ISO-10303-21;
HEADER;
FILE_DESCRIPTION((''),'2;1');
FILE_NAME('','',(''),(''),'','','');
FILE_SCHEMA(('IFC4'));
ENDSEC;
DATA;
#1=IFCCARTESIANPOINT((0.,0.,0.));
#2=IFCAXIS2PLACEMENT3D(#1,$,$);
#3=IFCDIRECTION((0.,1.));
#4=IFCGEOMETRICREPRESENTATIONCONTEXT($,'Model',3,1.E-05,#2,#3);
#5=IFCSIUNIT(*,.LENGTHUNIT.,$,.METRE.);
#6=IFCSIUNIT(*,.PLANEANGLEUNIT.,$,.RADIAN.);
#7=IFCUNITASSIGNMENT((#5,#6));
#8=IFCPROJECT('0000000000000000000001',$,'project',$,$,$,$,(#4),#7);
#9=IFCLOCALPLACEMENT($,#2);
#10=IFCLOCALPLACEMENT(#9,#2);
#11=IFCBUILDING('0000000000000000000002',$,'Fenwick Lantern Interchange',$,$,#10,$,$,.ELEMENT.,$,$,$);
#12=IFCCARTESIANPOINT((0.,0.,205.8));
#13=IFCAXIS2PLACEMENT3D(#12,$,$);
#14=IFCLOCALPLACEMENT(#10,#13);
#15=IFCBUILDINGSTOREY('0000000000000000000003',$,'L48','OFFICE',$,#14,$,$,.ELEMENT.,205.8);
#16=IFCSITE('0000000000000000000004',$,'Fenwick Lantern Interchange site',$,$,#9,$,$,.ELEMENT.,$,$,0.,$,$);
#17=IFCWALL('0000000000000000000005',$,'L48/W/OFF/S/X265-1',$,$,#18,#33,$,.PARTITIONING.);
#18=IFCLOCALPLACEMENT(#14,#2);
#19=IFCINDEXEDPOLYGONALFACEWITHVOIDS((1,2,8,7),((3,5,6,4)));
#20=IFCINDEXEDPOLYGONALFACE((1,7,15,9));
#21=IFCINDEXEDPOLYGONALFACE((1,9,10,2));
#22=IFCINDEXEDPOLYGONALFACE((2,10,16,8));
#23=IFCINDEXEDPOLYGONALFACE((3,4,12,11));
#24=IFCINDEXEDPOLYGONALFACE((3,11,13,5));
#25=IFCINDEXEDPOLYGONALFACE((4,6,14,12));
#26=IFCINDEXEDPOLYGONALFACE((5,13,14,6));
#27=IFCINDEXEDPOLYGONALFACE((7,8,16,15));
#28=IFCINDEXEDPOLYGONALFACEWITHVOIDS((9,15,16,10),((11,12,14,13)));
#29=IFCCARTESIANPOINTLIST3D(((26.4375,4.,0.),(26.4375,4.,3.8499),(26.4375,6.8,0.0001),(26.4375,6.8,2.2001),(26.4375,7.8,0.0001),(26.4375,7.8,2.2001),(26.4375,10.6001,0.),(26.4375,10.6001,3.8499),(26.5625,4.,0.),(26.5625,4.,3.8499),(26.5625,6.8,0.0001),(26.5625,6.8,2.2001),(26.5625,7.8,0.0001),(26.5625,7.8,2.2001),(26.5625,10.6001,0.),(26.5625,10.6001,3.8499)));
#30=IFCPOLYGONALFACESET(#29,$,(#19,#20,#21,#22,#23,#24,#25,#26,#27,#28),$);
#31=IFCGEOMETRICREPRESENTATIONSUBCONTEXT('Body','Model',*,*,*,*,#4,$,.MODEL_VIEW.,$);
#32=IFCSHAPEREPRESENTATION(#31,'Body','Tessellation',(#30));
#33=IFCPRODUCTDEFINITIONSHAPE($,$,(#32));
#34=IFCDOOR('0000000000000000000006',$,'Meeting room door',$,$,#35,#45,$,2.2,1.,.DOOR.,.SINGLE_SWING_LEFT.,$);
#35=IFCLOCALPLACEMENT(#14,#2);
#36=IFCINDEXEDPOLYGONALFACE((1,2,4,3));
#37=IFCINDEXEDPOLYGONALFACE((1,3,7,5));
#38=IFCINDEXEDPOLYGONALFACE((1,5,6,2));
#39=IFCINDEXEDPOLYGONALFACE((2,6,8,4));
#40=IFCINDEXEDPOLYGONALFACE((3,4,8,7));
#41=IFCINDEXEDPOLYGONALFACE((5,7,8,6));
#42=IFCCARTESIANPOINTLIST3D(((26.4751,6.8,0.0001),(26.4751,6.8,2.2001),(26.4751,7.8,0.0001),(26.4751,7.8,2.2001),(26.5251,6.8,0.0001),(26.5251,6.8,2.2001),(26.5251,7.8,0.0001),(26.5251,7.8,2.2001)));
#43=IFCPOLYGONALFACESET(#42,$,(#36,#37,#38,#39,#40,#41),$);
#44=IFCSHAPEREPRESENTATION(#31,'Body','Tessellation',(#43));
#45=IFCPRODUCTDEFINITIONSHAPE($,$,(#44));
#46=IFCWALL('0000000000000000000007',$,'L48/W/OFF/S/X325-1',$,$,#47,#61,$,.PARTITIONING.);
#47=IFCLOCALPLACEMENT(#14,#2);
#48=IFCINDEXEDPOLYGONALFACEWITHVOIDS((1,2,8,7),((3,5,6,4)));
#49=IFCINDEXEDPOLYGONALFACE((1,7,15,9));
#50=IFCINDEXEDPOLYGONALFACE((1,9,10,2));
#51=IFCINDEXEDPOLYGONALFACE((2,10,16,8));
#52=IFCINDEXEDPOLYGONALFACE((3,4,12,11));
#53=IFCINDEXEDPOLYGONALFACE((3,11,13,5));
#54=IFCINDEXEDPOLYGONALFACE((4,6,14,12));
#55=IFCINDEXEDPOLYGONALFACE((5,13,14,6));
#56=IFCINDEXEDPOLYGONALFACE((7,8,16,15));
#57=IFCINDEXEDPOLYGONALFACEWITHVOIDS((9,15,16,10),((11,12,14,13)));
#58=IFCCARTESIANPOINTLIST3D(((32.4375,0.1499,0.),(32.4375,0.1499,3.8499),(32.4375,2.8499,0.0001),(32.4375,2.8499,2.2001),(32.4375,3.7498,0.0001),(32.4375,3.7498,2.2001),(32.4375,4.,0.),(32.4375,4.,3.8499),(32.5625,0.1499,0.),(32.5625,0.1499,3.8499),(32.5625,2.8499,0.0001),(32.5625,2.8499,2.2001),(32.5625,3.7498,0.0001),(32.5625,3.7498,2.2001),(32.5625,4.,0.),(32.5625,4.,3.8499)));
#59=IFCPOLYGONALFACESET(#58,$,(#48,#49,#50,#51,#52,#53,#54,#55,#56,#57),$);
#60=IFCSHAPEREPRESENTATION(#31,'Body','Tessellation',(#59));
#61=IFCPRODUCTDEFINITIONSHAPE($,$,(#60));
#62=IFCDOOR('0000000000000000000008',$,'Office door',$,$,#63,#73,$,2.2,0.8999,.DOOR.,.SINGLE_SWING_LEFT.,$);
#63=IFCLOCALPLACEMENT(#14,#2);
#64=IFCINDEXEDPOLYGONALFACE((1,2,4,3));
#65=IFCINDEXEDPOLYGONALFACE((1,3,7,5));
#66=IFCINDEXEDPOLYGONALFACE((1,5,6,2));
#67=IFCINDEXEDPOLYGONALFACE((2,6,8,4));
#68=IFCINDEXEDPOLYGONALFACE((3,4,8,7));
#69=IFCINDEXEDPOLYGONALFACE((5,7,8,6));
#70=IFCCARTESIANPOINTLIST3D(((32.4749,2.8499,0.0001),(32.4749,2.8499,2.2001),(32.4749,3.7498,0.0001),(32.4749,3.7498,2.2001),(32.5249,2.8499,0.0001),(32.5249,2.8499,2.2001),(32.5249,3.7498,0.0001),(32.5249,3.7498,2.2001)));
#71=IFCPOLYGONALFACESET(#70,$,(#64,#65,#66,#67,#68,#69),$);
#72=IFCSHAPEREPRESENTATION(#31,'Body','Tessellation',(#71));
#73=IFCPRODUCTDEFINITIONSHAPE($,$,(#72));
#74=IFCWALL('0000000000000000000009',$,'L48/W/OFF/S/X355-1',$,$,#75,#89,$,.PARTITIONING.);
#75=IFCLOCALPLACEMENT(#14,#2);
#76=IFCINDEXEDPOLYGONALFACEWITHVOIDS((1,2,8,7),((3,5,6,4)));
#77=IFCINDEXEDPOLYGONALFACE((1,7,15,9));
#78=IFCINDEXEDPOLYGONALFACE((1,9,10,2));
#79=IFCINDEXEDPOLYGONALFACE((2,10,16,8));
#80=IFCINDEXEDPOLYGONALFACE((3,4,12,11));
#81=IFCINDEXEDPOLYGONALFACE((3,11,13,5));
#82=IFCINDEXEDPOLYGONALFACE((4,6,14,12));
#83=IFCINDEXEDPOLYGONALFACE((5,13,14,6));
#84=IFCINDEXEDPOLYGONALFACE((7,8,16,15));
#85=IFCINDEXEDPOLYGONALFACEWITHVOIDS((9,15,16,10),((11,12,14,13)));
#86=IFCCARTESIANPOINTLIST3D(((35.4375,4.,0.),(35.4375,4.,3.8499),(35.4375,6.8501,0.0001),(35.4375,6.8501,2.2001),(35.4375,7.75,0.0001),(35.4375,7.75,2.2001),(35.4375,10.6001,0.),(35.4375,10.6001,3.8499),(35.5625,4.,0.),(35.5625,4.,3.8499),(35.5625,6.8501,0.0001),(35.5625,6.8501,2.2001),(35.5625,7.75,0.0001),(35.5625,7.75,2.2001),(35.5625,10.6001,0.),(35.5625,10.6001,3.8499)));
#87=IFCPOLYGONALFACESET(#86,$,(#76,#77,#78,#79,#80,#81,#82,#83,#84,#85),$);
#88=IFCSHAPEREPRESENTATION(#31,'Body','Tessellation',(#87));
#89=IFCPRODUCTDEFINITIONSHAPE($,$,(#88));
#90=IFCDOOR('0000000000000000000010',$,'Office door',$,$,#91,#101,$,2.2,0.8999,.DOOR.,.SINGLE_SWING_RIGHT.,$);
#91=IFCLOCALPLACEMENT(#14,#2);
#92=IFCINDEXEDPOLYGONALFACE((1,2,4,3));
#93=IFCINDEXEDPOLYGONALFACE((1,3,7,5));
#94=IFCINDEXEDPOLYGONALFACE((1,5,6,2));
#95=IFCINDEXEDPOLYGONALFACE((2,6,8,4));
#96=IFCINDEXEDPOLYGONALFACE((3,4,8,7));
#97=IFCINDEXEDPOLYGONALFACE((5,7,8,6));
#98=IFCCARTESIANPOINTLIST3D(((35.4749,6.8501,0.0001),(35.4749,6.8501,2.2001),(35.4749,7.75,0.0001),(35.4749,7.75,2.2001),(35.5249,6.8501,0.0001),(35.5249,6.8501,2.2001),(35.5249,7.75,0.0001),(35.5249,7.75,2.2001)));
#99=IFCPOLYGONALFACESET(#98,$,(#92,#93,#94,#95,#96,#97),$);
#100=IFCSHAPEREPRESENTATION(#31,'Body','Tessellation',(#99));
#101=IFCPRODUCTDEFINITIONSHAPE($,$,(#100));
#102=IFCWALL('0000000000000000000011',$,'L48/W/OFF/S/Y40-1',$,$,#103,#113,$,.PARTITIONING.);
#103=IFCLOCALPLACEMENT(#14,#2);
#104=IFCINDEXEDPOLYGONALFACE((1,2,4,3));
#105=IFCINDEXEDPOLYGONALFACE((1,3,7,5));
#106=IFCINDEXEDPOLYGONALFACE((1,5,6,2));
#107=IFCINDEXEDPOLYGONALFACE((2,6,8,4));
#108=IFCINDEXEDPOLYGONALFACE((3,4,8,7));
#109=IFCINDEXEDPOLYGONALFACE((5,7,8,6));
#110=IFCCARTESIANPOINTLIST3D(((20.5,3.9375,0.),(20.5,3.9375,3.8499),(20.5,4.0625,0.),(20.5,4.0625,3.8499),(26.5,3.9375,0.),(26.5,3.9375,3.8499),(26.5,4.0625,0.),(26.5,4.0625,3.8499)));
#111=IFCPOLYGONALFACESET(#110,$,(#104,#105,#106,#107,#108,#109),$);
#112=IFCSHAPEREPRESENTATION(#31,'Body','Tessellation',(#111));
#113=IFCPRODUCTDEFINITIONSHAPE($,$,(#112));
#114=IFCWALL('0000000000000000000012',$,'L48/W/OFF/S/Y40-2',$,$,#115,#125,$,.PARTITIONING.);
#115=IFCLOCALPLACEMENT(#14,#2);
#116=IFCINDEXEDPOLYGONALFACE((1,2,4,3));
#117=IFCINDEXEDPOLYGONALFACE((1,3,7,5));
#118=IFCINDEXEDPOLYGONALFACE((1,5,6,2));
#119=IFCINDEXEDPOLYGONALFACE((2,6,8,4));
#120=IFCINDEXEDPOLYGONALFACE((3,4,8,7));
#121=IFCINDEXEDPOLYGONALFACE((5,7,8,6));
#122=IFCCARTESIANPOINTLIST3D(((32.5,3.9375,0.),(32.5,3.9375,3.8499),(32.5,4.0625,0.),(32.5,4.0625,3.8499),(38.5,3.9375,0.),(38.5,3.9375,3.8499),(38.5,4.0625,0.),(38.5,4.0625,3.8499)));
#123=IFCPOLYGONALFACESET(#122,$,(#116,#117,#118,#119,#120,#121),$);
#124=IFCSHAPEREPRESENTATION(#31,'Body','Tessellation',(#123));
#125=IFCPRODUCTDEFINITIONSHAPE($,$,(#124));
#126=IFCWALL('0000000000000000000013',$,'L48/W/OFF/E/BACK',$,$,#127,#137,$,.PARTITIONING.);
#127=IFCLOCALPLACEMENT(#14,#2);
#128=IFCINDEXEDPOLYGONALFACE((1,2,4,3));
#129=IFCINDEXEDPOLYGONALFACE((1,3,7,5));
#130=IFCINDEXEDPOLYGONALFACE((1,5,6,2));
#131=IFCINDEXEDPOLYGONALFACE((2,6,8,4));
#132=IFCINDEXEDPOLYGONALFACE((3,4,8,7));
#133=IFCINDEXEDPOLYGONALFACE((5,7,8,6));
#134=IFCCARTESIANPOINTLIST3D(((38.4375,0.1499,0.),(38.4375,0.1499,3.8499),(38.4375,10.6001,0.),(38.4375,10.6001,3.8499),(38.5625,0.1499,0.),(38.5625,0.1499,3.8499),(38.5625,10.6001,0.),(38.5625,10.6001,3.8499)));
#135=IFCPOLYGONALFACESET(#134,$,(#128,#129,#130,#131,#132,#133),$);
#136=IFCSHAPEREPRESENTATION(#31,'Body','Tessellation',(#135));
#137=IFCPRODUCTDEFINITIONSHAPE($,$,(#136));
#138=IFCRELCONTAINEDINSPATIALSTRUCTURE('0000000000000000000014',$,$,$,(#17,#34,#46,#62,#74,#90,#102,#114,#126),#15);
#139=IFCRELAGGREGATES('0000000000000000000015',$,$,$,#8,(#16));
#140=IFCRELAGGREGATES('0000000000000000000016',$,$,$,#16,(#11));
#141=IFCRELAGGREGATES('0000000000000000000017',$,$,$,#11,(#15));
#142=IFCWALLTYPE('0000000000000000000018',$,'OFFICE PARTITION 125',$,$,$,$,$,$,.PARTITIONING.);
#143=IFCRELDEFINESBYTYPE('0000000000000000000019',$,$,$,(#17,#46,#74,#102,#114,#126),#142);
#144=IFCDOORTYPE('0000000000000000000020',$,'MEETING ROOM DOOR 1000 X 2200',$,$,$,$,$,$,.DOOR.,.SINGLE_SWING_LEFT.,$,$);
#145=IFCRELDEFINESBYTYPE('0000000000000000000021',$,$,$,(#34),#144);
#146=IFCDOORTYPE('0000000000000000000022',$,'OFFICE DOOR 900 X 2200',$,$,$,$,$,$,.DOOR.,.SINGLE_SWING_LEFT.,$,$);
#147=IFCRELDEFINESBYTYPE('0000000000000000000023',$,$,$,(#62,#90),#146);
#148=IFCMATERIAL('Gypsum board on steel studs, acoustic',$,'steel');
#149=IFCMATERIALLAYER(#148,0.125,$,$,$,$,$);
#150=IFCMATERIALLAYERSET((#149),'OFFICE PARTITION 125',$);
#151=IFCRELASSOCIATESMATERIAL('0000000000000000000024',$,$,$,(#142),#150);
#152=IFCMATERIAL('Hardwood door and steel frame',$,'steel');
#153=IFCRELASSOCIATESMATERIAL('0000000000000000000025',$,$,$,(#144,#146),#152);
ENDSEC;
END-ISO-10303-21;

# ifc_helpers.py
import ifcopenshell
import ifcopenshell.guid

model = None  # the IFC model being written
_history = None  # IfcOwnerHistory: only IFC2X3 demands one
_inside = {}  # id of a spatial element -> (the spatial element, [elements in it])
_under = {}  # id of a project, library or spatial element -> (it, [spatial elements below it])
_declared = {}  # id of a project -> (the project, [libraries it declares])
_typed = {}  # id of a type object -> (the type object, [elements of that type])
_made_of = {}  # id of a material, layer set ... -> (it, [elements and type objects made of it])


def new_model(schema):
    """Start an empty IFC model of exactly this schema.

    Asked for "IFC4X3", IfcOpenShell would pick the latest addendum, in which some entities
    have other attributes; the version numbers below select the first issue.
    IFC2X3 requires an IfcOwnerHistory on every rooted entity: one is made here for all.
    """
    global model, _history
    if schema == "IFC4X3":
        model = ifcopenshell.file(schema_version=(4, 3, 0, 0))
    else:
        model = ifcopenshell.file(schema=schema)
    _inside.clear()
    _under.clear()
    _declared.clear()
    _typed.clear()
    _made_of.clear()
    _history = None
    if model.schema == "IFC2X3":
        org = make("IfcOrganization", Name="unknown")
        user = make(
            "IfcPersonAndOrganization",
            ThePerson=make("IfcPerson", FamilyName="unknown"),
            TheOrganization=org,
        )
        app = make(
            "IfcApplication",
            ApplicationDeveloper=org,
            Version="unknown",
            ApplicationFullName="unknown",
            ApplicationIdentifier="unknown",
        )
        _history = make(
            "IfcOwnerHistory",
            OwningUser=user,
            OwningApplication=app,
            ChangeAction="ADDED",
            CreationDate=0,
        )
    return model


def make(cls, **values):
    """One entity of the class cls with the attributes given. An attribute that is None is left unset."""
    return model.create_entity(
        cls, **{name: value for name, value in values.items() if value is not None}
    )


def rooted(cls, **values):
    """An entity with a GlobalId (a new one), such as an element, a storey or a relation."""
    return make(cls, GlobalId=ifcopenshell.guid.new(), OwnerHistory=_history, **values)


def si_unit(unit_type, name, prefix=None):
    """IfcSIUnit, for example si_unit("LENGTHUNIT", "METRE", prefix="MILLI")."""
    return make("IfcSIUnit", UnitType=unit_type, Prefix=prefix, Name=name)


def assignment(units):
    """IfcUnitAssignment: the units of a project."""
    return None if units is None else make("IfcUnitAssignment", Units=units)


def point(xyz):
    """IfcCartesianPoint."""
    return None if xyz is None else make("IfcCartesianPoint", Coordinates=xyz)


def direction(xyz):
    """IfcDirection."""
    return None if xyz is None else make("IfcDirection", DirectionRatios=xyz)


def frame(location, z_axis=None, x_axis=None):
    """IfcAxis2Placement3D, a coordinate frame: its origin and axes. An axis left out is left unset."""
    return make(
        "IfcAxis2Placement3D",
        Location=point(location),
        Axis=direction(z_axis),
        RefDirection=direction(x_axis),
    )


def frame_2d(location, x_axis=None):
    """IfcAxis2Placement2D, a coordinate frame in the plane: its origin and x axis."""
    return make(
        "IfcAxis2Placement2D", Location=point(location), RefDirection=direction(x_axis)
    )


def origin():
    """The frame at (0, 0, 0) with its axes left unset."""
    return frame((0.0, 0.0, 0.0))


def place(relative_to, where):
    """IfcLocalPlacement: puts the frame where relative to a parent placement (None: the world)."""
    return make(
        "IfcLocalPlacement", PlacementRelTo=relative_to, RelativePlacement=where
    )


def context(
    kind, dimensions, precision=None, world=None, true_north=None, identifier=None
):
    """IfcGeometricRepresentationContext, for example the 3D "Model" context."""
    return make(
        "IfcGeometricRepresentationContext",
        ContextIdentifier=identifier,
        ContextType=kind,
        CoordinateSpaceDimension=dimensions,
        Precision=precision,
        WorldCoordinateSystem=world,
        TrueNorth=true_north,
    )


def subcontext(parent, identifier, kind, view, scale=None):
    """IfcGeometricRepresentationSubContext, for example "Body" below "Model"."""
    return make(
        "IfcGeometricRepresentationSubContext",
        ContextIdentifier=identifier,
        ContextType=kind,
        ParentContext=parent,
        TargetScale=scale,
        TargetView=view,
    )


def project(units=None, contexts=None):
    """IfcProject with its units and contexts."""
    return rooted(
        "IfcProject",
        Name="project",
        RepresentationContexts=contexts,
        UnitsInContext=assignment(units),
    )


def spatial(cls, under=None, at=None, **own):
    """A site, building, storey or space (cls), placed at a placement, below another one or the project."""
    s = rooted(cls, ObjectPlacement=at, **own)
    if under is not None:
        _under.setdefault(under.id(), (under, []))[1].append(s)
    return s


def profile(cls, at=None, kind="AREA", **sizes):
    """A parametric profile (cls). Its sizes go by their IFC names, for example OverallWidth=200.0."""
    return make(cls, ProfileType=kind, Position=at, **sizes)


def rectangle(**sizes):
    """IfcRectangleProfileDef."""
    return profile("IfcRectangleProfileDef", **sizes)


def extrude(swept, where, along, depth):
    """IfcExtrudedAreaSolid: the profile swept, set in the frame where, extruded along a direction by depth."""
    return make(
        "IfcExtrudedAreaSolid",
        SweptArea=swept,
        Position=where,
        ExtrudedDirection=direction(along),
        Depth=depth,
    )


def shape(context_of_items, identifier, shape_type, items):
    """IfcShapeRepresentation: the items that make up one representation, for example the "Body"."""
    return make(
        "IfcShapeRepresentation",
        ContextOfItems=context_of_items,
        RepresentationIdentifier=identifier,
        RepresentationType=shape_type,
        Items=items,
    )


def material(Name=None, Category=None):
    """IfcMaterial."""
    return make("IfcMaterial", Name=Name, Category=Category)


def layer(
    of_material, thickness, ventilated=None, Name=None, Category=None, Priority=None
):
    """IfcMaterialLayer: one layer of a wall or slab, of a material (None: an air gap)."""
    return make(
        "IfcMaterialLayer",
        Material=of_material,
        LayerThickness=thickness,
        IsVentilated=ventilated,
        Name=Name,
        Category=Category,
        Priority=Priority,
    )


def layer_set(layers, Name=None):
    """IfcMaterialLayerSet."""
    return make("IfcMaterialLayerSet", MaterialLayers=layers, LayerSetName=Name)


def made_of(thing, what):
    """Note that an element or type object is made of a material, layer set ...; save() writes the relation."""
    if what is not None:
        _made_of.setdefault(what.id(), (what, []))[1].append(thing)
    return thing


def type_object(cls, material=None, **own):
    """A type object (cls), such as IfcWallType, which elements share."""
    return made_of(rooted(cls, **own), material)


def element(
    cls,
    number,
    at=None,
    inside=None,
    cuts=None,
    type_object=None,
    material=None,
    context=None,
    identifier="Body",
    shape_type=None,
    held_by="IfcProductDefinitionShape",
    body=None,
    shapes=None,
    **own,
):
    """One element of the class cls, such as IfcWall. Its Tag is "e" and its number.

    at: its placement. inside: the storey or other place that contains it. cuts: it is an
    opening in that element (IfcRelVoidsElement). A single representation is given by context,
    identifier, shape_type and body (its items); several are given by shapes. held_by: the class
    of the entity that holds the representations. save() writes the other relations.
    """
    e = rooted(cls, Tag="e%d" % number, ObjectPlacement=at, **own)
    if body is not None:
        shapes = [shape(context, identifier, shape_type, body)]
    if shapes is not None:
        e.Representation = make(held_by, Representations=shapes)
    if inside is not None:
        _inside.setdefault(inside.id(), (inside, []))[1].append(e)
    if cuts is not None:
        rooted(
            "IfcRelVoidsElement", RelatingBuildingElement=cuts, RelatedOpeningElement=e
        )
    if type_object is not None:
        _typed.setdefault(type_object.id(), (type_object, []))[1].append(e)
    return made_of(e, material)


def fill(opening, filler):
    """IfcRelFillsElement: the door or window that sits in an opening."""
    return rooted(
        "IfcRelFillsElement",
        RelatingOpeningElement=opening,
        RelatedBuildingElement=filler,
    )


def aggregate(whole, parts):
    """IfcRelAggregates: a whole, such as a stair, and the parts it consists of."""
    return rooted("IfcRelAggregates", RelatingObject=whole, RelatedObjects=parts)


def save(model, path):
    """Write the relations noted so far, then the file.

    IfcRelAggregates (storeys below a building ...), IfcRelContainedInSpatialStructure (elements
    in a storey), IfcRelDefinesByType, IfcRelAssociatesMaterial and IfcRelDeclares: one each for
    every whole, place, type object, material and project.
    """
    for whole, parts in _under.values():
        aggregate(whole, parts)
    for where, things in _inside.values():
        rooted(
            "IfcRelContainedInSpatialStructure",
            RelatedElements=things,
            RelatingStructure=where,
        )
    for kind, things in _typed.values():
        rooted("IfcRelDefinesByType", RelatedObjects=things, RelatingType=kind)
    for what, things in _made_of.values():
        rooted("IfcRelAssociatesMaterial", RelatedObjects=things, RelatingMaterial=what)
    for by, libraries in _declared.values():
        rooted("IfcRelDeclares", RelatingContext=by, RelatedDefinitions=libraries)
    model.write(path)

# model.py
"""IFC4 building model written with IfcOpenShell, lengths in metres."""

from ifc_helpers import new_model, si_unit, direction, frame, frame_2d, origin, place, context, subcontext, project, spatial, rectangle, extrude, material, layer, layer_set, type_object, element, fill, save


model = new_model("IFC4")

# Units and contexts
model_context = context("Model", 3, precision=1e-05, world=origin(), true_north=direction((0.0, 1.0)))
body_context = subcontext(model_context, "Body", "Model", "MODEL_VIEW")
ifc_project = project(units=[si_unit("LENGTHUNIT", "METRE"), si_unit("PLANEANGLEUNIT", "RADIAN")], contexts=[model_context])

# Site, building, storey
site_placement = place(None, origin())
site = spatial("IfcSite", under=ifc_project, at=site_placement, Name="Fenwick Lantern Interchange site", CompositionType="ELEMENT", RefElevation=0.0)
building_placement = place(site_placement, origin())
building = spatial("IfcBuilding", under=site, at=building_placement, Name="Fenwick Lantern Interchange", CompositionType="ELEMENT")
storey_placement = place(building_placement, frame((0.0, 0.0, 205.8)))
storey = spatial("IfcBuildingStorey", under=building, at=storey_placement, Name="L48", Description="OFFICE", CompositionType="ELEMENT", Elevation=205.8)

# Shared definitions
ifc_material_1 = material(Name="Gypsum board on steel studs, acoustic", Category="steel")
ifc_layer_1 = layer(ifc_material_1, 0.125)
ifc_layer_set_1 = layer_set([ifc_layer_1], Name="OFFICE PARTITION 125")
wall_type_1 = type_object("IfcWallType", Name="OFFICE PARTITION 125", PredefinedType="PARTITIONING", material=ifc_layer_set_1)

# Walls, openings, doors
wall_1_placement = place(storey_placement, frame((26.5, 4.0, 0.0), z_axis=(0.0, 0.0, 1.0), x_axis=(0.0, 1.0, 0.0)))
wall_1 = element("IfcWall", 1, at=wall_1_placement, inside=storey, type_object=wall_type_1, Name="L48/W/OFF/S/X265-1", PredefinedType="PARTITIONING", context=body_context, shape_type="SweptSolid", body=[
    extrude(rectangle(XDim=6.6001, YDim=0.125, at=frame_2d((3.3, 0.0))), origin(), (0.0, 0.0, 1.0), 3.8499),
])
opening_1_placement = place(wall_1_placement, frame((2.8, 0.0, 0.0)))
opening_1 = element("IfcOpeningElement", 2, at=opening_1_placement, cuts=wall_1, PredefinedType="OPENING", context=body_context, shape_type="SweptSolid", body=[
    extrude(rectangle(XDim=1.0, YDim=2.2, at=frame_2d((0.5, 1.1001))), frame((0.0, 0.0725, 0.0), z_axis=(0.0, -1.0, 0.0), x_axis=(1.0, 0.0, 0.0)), (0.0, 0.0, 1.0), 0.145),
])
ifc_material_2 = material(Name="Hardwood door and steel frame", Category="steel")
door_type_1 = type_object("IfcDoorType", Name="MEETING ROOM DOOR 1000 X 2200", OperationType="SINGLE_SWING_LEFT", PredefinedType="DOOR", material=ifc_material_2)
door_1_placement = place(opening_1_placement, origin())
door_1 = element("IfcDoor", 3, at=door_1_placement, inside=storey, type_object=door_type_1, Name="Meeting room door", OperationType="SINGLE_SWING_LEFT", OverallHeight=2.2, OverallWidth=1.0, PredefinedType="DOOR", context=body_context, shape_type="SweptSolid", body=[
    extrude(rectangle(XDim=1.0, YDim=2.2, at=frame_2d((0.5, 1.1001))), frame((0.0, 0.0249, 0.0), z_axis=(0.0, -1.0, 0.0), x_axis=(1.0, 0.0, 0.0)), (0.0, 0.0, 1.0), 0.05),
])
fill(opening_1, door_1)
wall_2_placement = place(storey_placement, frame((32.5, 0.1499, 0.0), z_axis=(0.0, 0.0, 1.0), x_axis=(0.0, 1.0, 0.0)))
wall_2 = element("IfcWall", 4, at=wall_2_placement, inside=storey, type_object=wall_type_1, Name="L48/W/OFF/S/X325-1", PredefinedType="PARTITIONING", context=body_context, shape_type="SweptSolid", body=[
    extrude(rectangle(XDim=3.8501, YDim=0.125, at=frame_2d((1.925, 0.0))), origin(), (0.0, 0.0, 1.0), 3.8499),
])
opening_2_placement = place(wall_2_placement, frame((2.7, 0.0, 0.0)))
opening_2 = element("IfcOpeningElement", 5, at=opening_2_placement, cuts=wall_2, PredefinedType="OPENING", context=body_context, shape_type="SweptSolid", body=[
    extrude(rectangle(XDim=0.8999, YDim=2.2, at=frame_2d((0.45, 1.1001))), frame((0.0, 0.0725, 0.0), z_axis=(0.0, -1.0, 0.0), x_axis=(1.0, 0.0, 0.0)), (0.0, 0.0, 1.0), 0.145),
])
door_type_2 = type_object("IfcDoorType", Name="OFFICE DOOR 900 X 2200", OperationType="SINGLE_SWING_LEFT", PredefinedType="DOOR", material=ifc_material_2)
door_2_placement = place(opening_2_placement, frame((0.8999, 0.0, 0.0), z_axis=(0.0, 0.0, 1.0), x_axis=(-1.0, 0.0, 0.0)))
door_2 = element("IfcDoor", 6, at=door_2_placement, inside=storey, type_object=door_type_2, Name="Office door", OperationType="SINGLE_SWING_LEFT", OverallHeight=2.2, OverallWidth=0.8999, PredefinedType="DOOR", context=body_context, shape_type="SweptSolid", body=[
    extrude(rectangle(XDim=0.8999, YDim=2.2, at=frame_2d((0.45, 1.1001))), frame((0.0, 0.0249, 0.0), z_axis=(0.0, -1.0, 0.0), x_axis=(1.0, 0.0, 0.0)), (0.0, 0.0, 1.0), 0.05),
])
fill(opening_2, door_2)
wall_3_placement = place(storey_placement, frame((35.5, 4.0, 0.0), z_axis=(0.0, 0.0, 1.0), x_axis=(0.0, 1.0, 0.0)))
wall_3 = element("IfcWall", 7, at=wall_3_placement, inside=storey, type_object=wall_type_1, Name="L48/W/OFF/S/X355-1", PredefinedType="PARTITIONING", context=body_context, shape_type="SweptSolid", body=[
    extrude(rectangle(XDim=6.6001, YDim=0.125, at=frame_2d((3.3, 0.0))), origin(), (0.0, 0.0, 1.0), 3.8499),
])
opening_3_placement = place(wall_3_placement, frame((2.8501, 0.0, 0.0)))
opening_3 = element("IfcOpeningElement", 8, at=opening_3_placement, cuts=wall_3, PredefinedType="OPENING", context=body_context, shape_type="SweptSolid", body=[
    extrude(rectangle(XDim=0.8999, YDim=2.2, at=frame_2d((0.45, 1.1001))), frame((0.0, 0.0725, 0.0), z_axis=(0.0, -1.0, 0.0), x_axis=(1.0, 0.0, 0.0)), (0.0, 0.0, 1.0), 0.145),
])
door_3_placement = place(opening_3_placement, frame((0.8999, 0.0, 0.0), z_axis=(0.0, 0.0, 1.0), x_axis=(-1.0, 0.0, 0.0)))
door_3 = element("IfcDoor", 9, at=door_3_placement, inside=storey, type_object=door_type_2, Name="Office door", OperationType="SINGLE_SWING_RIGHT", OverallHeight=2.2, OverallWidth=0.8999, PredefinedType="DOOR", context=body_context, shape_type="SweptSolid", body=[
    extrude(rectangle(XDim=0.8999, YDim=2.2, at=frame_2d((0.45, 1.1001))), frame((0.0, 0.0249, 0.0), z_axis=(0.0, -1.0, 0.0), x_axis=(1.0, 0.0, 0.0)), (0.0, 0.0, 1.0), 0.05),
])
fill(opening_3, door_3)

# Walls
for number, where, z_axis, x_axis, name in (
    (10, (20.5, 4.0, 0.0), (0.0, 0.0, 1.0), (1.0, 0.0, 0.0), "L48/W/OFF/S/Y40-1"),
    (11, (32.5, 4.0, 0.0), (0.0, 0.0, 1.0), (1.0, 0.0, 0.0), "L48/W/OFF/S/Y40-2"),
):
    element("IfcWall", number, at=place(storey_placement, frame(where, z_axis=z_axis, x_axis=x_axis)), inside=storey, type_object=wall_type_1, Name=name, PredefinedType="PARTITIONING", context=body_context, shape_type="SweptSolid", body=[
        extrude(rectangle(XDim=6.0, YDim=0.125, at=frame_2d((3.0, 0.0))), origin(), (0.0, 0.0, 1.0), 3.8499),
    ])
wall_4_placement = place(storey_placement, frame((38.5, 0.1499, 0.0), z_axis=(0.0, 0.0, 1.0), x_axis=(0.0, 1.0, 0.0)))
element("IfcWall", 12, at=wall_4_placement, inside=storey, type_object=wall_type_1, Name="L48/W/OFF/E/BACK", PredefinedType="PARTITIONING", context=body_context, shape_type="SweptSolid", body=[
    extrude(rectangle(XDim=10.4502, YDim=0.125, at=frame_2d((5.2251, 0.0))), origin(), (0.0, 0.0, 1.0), 3.8499),
])

save(model, "model.ifc")
